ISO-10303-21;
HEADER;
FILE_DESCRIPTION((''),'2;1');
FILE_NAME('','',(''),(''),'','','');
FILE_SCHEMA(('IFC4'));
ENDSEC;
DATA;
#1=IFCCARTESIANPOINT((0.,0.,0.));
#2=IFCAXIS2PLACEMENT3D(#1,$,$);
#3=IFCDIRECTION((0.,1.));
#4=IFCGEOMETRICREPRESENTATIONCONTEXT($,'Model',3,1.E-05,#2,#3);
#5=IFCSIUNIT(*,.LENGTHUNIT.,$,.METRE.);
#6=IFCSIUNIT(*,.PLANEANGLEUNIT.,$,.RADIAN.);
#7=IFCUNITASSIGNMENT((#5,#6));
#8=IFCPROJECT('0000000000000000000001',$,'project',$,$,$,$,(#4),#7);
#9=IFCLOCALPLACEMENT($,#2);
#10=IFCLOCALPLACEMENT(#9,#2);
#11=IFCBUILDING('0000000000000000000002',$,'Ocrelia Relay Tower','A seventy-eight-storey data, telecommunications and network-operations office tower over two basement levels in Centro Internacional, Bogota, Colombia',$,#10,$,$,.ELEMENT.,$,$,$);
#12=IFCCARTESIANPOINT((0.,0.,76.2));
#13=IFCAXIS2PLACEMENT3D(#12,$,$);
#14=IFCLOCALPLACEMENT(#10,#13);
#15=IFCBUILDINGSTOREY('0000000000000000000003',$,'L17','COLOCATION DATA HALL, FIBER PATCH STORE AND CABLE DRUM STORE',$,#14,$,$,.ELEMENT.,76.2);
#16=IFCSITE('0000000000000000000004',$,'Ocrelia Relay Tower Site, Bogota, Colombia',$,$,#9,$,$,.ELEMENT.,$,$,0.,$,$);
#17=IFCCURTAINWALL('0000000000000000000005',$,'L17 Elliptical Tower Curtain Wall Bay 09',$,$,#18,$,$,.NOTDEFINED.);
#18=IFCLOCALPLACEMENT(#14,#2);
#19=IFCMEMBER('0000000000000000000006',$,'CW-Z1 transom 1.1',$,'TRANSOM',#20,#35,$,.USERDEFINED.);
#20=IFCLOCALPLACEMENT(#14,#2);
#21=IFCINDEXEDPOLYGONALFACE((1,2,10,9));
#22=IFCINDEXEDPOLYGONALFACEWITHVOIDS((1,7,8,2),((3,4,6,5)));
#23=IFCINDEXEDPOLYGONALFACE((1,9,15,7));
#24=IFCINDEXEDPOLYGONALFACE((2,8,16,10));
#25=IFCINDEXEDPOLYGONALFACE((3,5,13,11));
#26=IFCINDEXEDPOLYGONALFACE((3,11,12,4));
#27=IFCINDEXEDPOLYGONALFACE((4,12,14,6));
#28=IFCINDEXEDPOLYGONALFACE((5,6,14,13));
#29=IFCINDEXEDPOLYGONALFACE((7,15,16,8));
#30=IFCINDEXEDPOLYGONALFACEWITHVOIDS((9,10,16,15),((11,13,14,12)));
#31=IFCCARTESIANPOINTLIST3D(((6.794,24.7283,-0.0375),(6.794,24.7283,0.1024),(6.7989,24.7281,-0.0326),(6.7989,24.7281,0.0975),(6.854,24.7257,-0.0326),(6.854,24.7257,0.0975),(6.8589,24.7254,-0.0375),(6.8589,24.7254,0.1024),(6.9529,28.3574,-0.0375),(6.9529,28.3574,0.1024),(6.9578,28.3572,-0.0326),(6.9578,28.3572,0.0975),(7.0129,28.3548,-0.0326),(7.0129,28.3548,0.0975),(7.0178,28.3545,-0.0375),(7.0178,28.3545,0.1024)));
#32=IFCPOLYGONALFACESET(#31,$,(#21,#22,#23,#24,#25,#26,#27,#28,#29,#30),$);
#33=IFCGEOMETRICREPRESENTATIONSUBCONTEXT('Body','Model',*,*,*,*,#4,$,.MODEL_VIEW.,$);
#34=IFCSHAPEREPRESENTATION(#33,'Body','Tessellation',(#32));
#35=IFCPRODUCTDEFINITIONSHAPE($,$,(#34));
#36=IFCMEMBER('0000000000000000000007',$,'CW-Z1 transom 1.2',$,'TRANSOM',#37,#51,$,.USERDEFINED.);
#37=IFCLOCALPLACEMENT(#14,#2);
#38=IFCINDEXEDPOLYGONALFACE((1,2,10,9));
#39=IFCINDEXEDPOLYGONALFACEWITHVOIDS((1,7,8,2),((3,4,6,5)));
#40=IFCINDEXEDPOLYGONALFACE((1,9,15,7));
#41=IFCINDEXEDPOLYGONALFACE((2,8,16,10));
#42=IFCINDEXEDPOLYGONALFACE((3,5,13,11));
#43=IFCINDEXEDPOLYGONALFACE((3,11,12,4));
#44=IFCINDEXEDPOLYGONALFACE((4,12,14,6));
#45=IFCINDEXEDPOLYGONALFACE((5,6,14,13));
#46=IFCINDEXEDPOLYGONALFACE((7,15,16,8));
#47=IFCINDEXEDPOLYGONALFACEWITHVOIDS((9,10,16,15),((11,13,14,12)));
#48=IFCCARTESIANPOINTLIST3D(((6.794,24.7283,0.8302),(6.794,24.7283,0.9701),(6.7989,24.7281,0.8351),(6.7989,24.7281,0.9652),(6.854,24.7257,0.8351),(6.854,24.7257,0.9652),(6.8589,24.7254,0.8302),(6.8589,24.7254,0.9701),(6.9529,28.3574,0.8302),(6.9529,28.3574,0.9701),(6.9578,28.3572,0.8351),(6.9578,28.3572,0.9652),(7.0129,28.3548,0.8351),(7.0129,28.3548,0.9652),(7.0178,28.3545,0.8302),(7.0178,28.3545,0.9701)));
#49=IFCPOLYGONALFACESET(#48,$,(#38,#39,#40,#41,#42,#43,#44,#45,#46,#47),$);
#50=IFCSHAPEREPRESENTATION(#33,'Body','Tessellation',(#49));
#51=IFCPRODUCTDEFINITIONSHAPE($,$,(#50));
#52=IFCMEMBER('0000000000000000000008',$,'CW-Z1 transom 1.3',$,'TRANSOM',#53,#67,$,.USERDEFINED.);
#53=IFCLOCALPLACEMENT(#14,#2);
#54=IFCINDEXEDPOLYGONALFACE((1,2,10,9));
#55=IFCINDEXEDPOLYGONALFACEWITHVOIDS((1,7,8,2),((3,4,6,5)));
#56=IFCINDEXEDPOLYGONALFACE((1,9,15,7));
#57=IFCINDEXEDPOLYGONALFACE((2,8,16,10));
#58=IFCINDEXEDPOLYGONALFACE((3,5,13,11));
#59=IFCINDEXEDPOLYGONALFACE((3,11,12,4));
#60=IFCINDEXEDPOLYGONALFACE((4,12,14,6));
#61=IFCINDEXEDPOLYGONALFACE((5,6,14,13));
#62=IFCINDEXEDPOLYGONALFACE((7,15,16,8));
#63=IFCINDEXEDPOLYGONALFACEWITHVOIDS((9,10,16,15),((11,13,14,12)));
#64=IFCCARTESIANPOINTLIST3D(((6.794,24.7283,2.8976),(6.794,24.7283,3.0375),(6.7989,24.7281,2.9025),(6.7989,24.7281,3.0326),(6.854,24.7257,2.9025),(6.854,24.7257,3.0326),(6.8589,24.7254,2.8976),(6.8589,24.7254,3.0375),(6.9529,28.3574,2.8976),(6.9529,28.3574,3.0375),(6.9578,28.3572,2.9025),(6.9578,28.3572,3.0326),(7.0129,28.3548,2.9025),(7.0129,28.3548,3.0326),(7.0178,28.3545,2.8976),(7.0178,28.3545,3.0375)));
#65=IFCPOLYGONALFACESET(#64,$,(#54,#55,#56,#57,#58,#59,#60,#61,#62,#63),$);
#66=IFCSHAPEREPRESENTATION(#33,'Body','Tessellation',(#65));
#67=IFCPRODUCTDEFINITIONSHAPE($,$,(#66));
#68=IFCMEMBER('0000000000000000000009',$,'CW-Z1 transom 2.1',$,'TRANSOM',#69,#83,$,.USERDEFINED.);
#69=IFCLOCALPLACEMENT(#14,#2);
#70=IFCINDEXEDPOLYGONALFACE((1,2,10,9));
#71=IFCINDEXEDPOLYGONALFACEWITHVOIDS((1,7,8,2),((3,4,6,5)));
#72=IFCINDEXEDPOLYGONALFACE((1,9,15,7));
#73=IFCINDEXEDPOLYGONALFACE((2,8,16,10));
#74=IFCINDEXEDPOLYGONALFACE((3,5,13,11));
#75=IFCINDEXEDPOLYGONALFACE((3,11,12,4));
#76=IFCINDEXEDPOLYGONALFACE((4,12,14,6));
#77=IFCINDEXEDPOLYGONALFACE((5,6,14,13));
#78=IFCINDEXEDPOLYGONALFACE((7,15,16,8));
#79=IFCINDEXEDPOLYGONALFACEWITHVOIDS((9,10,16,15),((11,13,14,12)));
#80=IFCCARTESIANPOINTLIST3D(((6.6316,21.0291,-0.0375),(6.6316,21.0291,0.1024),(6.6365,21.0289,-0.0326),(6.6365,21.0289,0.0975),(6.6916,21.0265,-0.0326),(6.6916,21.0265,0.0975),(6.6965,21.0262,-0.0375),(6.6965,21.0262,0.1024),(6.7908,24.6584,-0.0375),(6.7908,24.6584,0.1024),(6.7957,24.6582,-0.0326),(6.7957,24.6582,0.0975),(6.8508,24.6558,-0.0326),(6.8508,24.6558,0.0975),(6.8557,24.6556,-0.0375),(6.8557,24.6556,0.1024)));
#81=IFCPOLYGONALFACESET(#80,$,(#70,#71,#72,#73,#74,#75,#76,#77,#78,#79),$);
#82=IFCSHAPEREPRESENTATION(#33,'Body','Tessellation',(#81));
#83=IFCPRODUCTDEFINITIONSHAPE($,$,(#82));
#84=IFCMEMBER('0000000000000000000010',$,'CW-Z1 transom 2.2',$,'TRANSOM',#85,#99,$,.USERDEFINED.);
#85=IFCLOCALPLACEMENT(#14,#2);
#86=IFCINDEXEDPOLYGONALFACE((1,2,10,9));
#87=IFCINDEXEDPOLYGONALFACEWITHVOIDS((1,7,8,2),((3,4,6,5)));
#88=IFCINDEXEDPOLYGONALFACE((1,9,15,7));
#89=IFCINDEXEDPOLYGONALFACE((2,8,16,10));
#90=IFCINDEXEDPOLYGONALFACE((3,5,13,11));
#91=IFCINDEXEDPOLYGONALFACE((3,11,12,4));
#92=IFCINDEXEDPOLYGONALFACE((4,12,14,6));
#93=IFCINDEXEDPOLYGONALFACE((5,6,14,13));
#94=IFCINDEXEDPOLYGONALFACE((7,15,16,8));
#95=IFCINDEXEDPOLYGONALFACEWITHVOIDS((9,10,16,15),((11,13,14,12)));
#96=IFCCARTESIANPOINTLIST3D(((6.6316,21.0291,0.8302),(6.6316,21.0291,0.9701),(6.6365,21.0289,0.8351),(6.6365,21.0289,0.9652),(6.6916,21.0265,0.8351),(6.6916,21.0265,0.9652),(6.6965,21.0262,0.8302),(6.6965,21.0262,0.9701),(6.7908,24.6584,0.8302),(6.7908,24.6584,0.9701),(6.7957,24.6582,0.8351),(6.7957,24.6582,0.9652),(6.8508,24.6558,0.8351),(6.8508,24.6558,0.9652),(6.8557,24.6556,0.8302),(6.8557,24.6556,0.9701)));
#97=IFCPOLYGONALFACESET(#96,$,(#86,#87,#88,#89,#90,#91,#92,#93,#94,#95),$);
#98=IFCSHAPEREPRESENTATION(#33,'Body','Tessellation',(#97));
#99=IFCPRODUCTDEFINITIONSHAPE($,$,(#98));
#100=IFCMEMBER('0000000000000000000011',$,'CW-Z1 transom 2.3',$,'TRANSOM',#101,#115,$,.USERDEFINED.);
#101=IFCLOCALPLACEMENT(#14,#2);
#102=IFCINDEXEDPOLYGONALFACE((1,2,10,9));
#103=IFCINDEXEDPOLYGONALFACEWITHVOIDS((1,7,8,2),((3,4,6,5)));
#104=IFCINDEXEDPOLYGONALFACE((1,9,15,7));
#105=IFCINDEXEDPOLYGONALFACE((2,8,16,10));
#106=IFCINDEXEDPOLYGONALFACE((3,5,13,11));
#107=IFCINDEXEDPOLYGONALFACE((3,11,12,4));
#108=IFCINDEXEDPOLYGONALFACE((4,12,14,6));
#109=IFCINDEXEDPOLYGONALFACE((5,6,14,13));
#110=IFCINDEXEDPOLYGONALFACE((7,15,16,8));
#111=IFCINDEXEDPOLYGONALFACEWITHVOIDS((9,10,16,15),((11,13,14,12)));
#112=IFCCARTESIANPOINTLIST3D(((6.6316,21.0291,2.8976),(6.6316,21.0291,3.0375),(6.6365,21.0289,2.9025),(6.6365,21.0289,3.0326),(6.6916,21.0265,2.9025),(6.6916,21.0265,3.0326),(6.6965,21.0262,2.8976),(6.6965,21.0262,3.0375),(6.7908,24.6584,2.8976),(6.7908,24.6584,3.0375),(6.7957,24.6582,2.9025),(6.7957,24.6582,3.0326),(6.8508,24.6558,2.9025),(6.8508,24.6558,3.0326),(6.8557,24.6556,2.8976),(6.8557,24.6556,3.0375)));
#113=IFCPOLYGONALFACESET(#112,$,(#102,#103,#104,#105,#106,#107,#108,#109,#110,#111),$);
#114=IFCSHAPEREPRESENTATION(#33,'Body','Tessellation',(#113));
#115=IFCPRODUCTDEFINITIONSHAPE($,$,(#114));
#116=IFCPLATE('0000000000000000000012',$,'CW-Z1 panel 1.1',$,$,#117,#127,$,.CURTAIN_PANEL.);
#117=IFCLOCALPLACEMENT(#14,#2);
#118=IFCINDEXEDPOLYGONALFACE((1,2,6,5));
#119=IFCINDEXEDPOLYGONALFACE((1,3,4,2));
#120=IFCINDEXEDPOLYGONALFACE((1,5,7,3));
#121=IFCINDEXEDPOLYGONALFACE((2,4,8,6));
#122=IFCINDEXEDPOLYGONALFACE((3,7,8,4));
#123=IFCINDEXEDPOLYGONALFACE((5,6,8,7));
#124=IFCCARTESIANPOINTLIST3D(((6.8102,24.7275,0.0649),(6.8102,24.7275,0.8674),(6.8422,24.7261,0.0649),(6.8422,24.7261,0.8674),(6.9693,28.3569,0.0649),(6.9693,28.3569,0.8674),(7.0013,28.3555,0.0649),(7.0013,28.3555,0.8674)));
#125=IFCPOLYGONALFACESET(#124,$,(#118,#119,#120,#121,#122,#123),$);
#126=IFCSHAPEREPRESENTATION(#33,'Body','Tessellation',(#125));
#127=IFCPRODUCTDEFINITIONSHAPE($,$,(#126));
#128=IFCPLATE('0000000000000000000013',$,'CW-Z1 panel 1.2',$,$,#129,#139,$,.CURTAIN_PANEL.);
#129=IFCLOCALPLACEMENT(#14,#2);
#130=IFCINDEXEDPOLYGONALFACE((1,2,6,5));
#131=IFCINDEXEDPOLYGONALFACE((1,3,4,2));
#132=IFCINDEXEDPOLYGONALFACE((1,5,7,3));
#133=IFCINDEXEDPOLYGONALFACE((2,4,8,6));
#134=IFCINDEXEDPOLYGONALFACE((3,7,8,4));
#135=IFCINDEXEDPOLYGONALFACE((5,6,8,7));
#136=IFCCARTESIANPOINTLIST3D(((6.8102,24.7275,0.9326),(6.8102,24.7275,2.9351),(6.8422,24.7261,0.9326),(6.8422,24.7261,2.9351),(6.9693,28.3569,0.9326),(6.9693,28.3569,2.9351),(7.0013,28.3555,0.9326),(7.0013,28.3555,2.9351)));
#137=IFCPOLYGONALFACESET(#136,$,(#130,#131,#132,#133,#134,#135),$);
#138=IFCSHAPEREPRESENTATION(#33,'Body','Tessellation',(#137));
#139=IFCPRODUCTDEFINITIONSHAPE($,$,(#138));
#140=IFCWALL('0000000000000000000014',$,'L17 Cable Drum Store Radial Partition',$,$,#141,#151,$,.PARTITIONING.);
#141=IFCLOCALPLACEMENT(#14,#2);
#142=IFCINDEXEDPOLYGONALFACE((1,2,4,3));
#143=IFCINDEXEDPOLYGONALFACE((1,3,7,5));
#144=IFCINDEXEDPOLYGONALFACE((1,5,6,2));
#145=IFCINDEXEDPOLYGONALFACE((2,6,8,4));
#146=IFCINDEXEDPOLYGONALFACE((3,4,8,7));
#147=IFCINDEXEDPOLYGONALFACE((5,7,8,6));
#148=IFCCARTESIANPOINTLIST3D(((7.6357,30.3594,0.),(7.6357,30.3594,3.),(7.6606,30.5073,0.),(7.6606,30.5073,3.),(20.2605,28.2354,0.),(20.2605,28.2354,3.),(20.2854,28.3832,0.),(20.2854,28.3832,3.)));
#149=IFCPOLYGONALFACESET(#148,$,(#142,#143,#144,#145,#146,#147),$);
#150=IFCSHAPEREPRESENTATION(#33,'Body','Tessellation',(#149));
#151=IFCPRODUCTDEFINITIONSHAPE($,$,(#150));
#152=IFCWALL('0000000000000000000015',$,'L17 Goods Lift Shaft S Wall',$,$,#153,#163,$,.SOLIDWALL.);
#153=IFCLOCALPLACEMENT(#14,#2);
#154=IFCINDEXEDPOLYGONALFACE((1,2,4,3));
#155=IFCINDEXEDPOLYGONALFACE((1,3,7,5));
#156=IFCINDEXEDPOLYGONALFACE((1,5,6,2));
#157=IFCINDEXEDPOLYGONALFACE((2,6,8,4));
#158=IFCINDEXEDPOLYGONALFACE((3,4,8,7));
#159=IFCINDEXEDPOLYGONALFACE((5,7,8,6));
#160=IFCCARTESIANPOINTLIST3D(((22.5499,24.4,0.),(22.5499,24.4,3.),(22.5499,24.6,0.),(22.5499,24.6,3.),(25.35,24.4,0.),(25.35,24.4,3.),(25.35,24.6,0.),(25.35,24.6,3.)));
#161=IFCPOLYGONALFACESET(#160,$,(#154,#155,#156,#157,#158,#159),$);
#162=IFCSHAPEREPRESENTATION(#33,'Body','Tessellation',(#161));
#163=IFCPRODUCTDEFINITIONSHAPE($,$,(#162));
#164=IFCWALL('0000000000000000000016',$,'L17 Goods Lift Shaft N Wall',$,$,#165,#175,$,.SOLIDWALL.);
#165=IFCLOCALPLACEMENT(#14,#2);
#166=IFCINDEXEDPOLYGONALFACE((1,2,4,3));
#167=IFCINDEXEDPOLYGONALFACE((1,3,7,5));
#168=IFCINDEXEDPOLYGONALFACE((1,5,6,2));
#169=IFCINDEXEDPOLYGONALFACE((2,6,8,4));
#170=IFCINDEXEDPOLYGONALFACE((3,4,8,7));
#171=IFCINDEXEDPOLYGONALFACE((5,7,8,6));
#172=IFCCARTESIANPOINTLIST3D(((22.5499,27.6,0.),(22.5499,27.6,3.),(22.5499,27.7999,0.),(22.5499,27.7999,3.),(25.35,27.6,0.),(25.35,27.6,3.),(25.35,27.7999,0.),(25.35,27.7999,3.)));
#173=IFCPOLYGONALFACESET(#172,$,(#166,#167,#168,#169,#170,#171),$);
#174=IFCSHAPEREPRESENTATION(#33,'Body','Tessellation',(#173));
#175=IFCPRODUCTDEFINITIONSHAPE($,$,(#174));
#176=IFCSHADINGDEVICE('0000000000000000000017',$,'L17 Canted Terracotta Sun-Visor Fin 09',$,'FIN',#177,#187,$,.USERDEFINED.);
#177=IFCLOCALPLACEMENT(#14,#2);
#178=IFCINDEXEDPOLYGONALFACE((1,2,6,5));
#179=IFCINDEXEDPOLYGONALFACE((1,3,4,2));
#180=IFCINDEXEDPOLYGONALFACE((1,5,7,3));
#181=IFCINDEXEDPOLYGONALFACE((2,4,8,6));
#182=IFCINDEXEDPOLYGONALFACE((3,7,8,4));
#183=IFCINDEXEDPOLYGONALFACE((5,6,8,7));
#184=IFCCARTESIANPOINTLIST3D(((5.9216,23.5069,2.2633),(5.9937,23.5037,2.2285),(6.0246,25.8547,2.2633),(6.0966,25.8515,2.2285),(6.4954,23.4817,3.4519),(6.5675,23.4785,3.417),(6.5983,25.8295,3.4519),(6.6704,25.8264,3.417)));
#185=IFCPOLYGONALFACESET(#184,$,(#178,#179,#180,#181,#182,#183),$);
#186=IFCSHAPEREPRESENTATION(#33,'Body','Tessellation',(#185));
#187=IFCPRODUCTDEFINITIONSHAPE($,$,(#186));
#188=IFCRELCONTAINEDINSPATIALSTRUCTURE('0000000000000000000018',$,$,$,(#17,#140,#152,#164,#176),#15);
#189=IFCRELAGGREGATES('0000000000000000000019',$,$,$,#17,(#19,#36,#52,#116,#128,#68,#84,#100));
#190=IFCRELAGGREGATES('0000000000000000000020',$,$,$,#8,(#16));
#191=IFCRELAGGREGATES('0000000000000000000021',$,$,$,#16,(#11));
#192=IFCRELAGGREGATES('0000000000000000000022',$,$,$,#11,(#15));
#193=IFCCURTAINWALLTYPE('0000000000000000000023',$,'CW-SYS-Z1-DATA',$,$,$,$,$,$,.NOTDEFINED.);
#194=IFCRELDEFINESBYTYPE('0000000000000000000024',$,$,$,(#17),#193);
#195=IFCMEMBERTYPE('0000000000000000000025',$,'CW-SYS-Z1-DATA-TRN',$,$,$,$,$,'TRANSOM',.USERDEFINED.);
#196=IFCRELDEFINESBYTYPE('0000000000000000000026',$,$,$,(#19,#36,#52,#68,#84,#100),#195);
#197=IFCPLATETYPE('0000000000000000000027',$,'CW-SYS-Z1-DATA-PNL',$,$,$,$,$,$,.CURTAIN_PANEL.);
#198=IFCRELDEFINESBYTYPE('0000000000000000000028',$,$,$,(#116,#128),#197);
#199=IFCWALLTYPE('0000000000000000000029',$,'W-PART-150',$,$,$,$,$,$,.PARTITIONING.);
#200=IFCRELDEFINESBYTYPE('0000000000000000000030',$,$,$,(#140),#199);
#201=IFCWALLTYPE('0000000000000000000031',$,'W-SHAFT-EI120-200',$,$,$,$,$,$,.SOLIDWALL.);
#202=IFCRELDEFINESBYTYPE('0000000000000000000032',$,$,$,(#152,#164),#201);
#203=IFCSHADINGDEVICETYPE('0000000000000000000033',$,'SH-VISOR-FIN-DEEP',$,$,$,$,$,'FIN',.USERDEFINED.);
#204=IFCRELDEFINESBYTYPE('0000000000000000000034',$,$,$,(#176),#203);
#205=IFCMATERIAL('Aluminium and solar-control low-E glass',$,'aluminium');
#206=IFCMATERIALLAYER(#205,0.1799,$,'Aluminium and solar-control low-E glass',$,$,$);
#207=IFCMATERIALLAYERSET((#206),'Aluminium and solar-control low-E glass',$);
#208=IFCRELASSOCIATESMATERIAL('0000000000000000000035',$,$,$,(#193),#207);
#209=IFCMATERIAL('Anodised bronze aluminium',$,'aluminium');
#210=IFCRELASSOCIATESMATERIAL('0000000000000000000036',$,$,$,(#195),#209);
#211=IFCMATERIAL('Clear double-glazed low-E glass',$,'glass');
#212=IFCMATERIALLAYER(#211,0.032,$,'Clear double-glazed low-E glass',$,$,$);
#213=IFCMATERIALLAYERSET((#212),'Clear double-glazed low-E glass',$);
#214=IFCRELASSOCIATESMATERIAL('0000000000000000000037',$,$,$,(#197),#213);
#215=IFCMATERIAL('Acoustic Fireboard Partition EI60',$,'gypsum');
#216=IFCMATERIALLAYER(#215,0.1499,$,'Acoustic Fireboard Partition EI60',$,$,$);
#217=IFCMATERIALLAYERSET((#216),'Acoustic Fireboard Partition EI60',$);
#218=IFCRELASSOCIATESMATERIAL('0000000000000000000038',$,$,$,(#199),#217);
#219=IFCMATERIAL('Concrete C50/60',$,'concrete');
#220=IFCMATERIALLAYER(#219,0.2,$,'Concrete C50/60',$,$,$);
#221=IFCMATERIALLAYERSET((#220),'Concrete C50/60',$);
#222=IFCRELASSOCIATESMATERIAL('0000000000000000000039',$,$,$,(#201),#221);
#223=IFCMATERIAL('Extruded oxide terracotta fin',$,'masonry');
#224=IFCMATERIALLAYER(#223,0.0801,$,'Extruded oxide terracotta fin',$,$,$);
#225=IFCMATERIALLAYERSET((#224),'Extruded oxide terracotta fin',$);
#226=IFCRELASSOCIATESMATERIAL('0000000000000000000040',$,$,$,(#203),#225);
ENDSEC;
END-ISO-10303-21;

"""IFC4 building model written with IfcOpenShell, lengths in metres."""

from ifc_helpers import new_model, si_unit, direction, frame, frame_2d, origin, origin_2d, place, context, subcontext, project, spatial, rectangle, hollow_rectangle, extrude, material, layer, layer_set, material_profile, profile_set, type_object, element, aggregate, save


model = new_model("IFC4")

# Units and contexts
model_context = context("Model", 3, precision=1e-05, world=origin(), true_north=direction((0.0, 1.0)))
body_context = subcontext(model_context, "Body", "Model", "MODEL_VIEW")
ifc_project = project(units=[si_unit("LENGTHUNIT", "METRE"), si_unit("PLANEANGLEUNIT", "RADIAN")], contexts=[model_context])

# Site, building, storey
site_placement = place(None, origin())
site = spatial("IfcSite", under=ifc_project, at=site_placement, Name="Ocrelia Relay Tower Site, Bogota, Colombia", CompositionType="ELEMENT", RefElevation=0.0)
building_placement = place(site_placement, origin())
building = spatial("IfcBuilding", under=site, at=building_placement, Name="Ocrelia Relay Tower", Description="A seventy-eight-storey data, telecommunications and network-operations office tower over two basement levels in Centro Internacional, Bogota, Colombia", CompositionType="ELEMENT")
storey_placement = place(building_placement, frame((0.0, 0.0, 76.2)))
storey = spatial("IfcBuildingStorey", under=building, at=storey_placement, Name="L17", Description="COLOCATION DATA HALL, FIBER PATCH STORE AND CABLE DRUM STORE", CompositionType="ELEMENT", Elevation=76.2)

# Curtain wall, members, plates
ifc_material_1 = material(Name="Aluminium and solar-control low-E glass", Category="aluminium")
ifc_layer_1 = layer(ifc_material_1, 0.1799, Name="Aluminium and solar-control low-E glass")
ifc_layer_set_1 = layer_set([ifc_layer_1], Name="Aluminium and solar-control low-E glass")
curtain_wall_type = type_object("IfcCurtainWallType", Name="CW-SYS-Z1-DATA", PredefinedType="NOTDEFINED", material=ifc_layer_set_1)
curtain_wall_placement = place(storey_placement, origin())
curtain_wall = element("IfcCurtainWall", 1, at=curtain_wall_placement, inside=storey, type_object=curtain_wall_type, Name="L17 Elliptical Tower Curtain Wall Bay 09", PredefinedType="NOTDEFINED")
ifc_material_2 = material(Name="Anodised bronze aluminium", Category="aluminium")
ifc_material_profile_1 = material_profile(ifc_material_2, hollow_rectangle(XDim=0.0649, YDim=0.1399, WallThickness=0.0049, at=origin_2d()), Name="CW-TRN-140x65")
ifc_profile_set_1 = profile_set([ifc_material_profile_1], Name="Anodised bronze aluminium")
member_type_1 = type_object("IfcMemberType", Name="CW-SYS-Z1-DATA-TRN", ElementType="TRANSOM", PredefinedType="USERDEFINED", material=ifc_profile_set_1)
member_1_placement = place(storey_placement, frame((6.9854, 28.356, 0.0325), z_axis=(-0.043752, -0.999042, 0.0), x_axis=(0.999042, -0.043752, 0.0)))
member_1 = element("IfcMember", 2, at=member_1_placement, type_object=member_type_1, Name="CW-Z1 transom 1.1", ObjectType="TRANSOM", PredefinedType="USERDEFINED", context=body_context, shape_type="SweptSolid", body=[
    extrude(hollow_rectangle(XDim=0.0649, YDim=0.1399, WallThickness=0.0049, at=origin_2d()), origin(), (0.0, 0.0, 1.0), 3.6326),
])
member_2_placement = place(storey_placement, frame((6.9854, 28.356, 0.9001), z_axis=(-0.043752, -0.999042, 0.0), x_axis=(0.999042, -0.043752, 0.0)))
member_2 = element("IfcMember", 3, at=member_2_placement, type_object=member_type_1, Name="CW-Z1 transom 1.2", ObjectType="TRANSOM", PredefinedType="USERDEFINED", context=body_context, shape_type="SweptSolid", body=[
    extrude(hollow_rectangle(XDim=0.0649, YDim=0.1399, WallThickness=0.0049, at=origin_2d()), origin(), (0.0, 0.0, 1.0), 3.6326),
])
member_3_placement = place(storey_placement, frame((6.9854, 28.356, 2.9675), z_axis=(-0.043752, -0.999042, 0.0), x_axis=(0.999042, -0.043752, 0.0)))
member_3 = element("IfcMember", 4, at=member_3_placement, type_object=member_type_1, Name="CW-Z1 transom 1.3", ObjectType="TRANSOM", PredefinedType="USERDEFINED", context=body_context, shape_type="SweptSolid", body=[
    extrude(hollow_rectangle(XDim=0.0649, YDim=0.1399, WallThickness=0.0049, at=origin_2d()), origin(), (0.0, 0.0, 1.0), 3.6326),
])
member_4_placement = place(storey_placement, frame((6.8232, 24.657, 0.0325), z_axis=(-0.043816, -0.99904, 0.0), x_axis=(0.99904, -0.043816, 0.0)))
member_4 = element("IfcMember", 5, at=member_4_placement, type_object=member_type_1, Name="CW-Z1 transom 2.1", ObjectType="TRANSOM", PredefinedType="USERDEFINED", context=body_context, shape_type="SweptSolid", body=[
    extrude(hollow_rectangle(XDim=0.0649, YDim=0.1399, WallThickness=0.0049, at=origin_2d()), origin(), (0.0, 0.0, 1.0), 3.6328),
])
member_5_placement = place(storey_placement, frame((6.8232, 24.657, 0.9001), z_axis=(-0.043816, -0.99904, 0.0), x_axis=(0.99904, -0.043816, 0.0)))
member_5 = element("IfcMember", 6, at=member_5_placement, type_object=member_type_1, Name="CW-Z1 transom 2.2", ObjectType="TRANSOM", PredefinedType="USERDEFINED", context=body_context, shape_type="SweptSolid", body=[
    extrude(hollow_rectangle(XDim=0.0649, YDim=0.1399, WallThickness=0.0049, at=origin_2d()), origin(), (0.0, 0.0, 1.0), 3.6328),
])
member_6_placement = place(storey_placement, frame((6.8232, 24.657, 2.9675), z_axis=(-0.043816, -0.99904, 0.0), x_axis=(0.99904, -0.043816, 0.0)))
member_6 = element("IfcMember", 7, at=member_6_placement, type_object=member_type_1, Name="CW-Z1 transom 2.3", ObjectType="TRANSOM", PredefinedType="USERDEFINED", context=body_context, shape_type="SweptSolid", body=[
    extrude(hollow_rectangle(XDim=0.0649, YDim=0.1399, WallThickness=0.0049, at=origin_2d()), origin(), (0.0, 0.0, 1.0), 3.6328),
])
ifc_material_3 = material(Name="Clear double-glazed low-E glass", Category="glass")
ifc_layer_2 = layer(ifc_material_3, 0.032, Name="Clear double-glazed low-E glass")
ifc_layer_set_2 = layer_set([ifc_layer_2], Name="Clear double-glazed low-E glass")
plate_type = type_object("IfcPlateType", Name="CW-SYS-Z1-DATA-PNL", PredefinedType="CURTAIN_PANEL", material=ifc_layer_set_2)
plate_1_placement = place(storey_placement, frame((6.9058, 26.5415, 0.0649), z_axis=(0.0, 0.0, 1.0), x_axis=(-0.043797, -0.99904, 0.0)))
plate_1 = element("IfcPlate", 8, at=plate_1_placement, type_object=plate_type, Name="CW-Z1 panel 1.1", PredefinedType="CURTAIN_PANEL", context=body_context, shape_type="SweptSolid", body=[
    extrude(rectangle(XDim=3.6328, YDim=0.032, at=origin_2d()), origin(), (0.0, 0.0, 1.0), 0.8025),
])
plate_2_placement = place(storey_placement, frame((6.9058, 26.5415, 0.9326), z_axis=(0.0, 0.0, 1.0), x_axis=(-0.043797, -0.99904, 0.0)))
plate_2 = element("IfcPlate", 9, at=plate_2_placement, type_object=plate_type, Name="CW-Z1 panel 1.2", PredefinedType="CURTAIN_PANEL", context=body_context, shape_type="SweptSolid", body=[
    extrude(rectangle(XDim=3.6328, YDim=0.032, at=origin_2d()), origin(), (0.0, 0.0, 1.0), 2.0024),
])
aggregate(curtain_wall, [member_1, member_2, member_3, plate_1, plate_2, member_4, member_5, member_6])

# Walls
ifc_material_4 = material(Name="Acoustic Fireboard Partition EI60", Category="gypsum")
ifc_layer_3 = layer(ifc_material_4, 0.1499, Name="Acoustic Fireboard Partition EI60")
ifc_layer_set_3 = layer_set([ifc_layer_3], Name="Acoustic Fireboard Partition EI60")
wall_type_1 = type_object("IfcWallType", Name="W-PART-150", PredefinedType="PARTITIONING", material=ifc_layer_set_3)
wall_1_placement = place(storey_placement, frame((20.2729, 28.3093, 0.0), z_axis=(0.0, 0.0, 1.0), x_axis=(-0.986141, 0.165911, 0.0)))
element("IfcWall", 10, at=wall_1_placement, inside=storey, type_object=wall_type_1, Name="L17 Cable Drum Store Radial Partition", PredefinedType="PARTITIONING", context=body_context, shape_type="SweptSolid", body=[
    extrude(rectangle(XDim=12.8022, YDim=0.1499, at=frame_2d((6.4011, 0.0))), origin(), (0.0, 0.0, 1.0), 3.0),
])
ifc_material_5 = material(Name="Concrete C50/60", Category="concrete")
ifc_layer_4 = layer(ifc_material_5, 0.2, Name="Concrete C50/60")
ifc_layer_set_4 = layer_set([ifc_layer_4], Name="Concrete C50/60")
wall_type_2 = type_object("IfcWallType", Name="W-SHAFT-EI120-200", PredefinedType="SOLIDWALL", material=ifc_layer_set_4)
for number, where, z_axis, x_axis, name in (
    (11, (22.55, 24.5, 0.0), (0.0, 0.0, 1.0), (1.0, 0.0, 0.0), "L17 Goods Lift Shaft S Wall"),
    (12, (22.55, 27.7, 0.0), (0.0, 0.0, 1.0), (1.0, 0.0, 0.0), "L17 Goods Lift Shaft N Wall"),
):
    element("IfcWall", number, at=place(storey_placement, frame(where, z_axis=z_axis, x_axis=x_axis)), inside=storey, type_object=wall_type_2, Name=name, PredefinedType="SOLIDWALL", context=body_context, shape_type="SweptSolid", body=[
        extrude(rectangle(XDim=2.8, YDim=0.2, at=frame_2d((1.3999, 0.0))), origin(), (0.0, 0.0, 1.0), 3.0),
    ])

# Shading device
ifc_material_6 = material(Name="Extruded oxide terracotta fin", Category="masonry")
ifc_layer_5 = layer(ifc_material_6, 0.0801, Name="Extruded oxide terracotta fin")
ifc_layer_set_5 = layer_set([ifc_layer_5], Name="Extruded oxide terracotta fin")
shading_device_type = type_object("IfcShadingDeviceType", Name="SH-VISOR-FIN-DEEP", ElementType="FIN", PredefinedType="USERDEFINED", material=ifc_layer_set_5)
shading_device_placement = place(storey_placement, frame((6.332, 24.665, 2.8228), z_axis=(-0.899531, 0.039434, 0.435074), x_axis=(-0.043797, -0.99904, 0.0)))
element("IfcShadingDevice", 13, at=shading_device_placement, inside=storey, type_object=shading_device_type, Name="L17 Canted Terracotta Sun-Visor Fin 09", ObjectType="FIN", PredefinedType="USERDEFINED", context=body_context, shape_type="SweptSolid", body=[
    extrude(rectangle(XDim=2.3501, YDim=1.3201, at=origin_2d()), origin(), (0.0, 0.0, 1.0), 0.0801),
])

save(model, "model.ifc")
